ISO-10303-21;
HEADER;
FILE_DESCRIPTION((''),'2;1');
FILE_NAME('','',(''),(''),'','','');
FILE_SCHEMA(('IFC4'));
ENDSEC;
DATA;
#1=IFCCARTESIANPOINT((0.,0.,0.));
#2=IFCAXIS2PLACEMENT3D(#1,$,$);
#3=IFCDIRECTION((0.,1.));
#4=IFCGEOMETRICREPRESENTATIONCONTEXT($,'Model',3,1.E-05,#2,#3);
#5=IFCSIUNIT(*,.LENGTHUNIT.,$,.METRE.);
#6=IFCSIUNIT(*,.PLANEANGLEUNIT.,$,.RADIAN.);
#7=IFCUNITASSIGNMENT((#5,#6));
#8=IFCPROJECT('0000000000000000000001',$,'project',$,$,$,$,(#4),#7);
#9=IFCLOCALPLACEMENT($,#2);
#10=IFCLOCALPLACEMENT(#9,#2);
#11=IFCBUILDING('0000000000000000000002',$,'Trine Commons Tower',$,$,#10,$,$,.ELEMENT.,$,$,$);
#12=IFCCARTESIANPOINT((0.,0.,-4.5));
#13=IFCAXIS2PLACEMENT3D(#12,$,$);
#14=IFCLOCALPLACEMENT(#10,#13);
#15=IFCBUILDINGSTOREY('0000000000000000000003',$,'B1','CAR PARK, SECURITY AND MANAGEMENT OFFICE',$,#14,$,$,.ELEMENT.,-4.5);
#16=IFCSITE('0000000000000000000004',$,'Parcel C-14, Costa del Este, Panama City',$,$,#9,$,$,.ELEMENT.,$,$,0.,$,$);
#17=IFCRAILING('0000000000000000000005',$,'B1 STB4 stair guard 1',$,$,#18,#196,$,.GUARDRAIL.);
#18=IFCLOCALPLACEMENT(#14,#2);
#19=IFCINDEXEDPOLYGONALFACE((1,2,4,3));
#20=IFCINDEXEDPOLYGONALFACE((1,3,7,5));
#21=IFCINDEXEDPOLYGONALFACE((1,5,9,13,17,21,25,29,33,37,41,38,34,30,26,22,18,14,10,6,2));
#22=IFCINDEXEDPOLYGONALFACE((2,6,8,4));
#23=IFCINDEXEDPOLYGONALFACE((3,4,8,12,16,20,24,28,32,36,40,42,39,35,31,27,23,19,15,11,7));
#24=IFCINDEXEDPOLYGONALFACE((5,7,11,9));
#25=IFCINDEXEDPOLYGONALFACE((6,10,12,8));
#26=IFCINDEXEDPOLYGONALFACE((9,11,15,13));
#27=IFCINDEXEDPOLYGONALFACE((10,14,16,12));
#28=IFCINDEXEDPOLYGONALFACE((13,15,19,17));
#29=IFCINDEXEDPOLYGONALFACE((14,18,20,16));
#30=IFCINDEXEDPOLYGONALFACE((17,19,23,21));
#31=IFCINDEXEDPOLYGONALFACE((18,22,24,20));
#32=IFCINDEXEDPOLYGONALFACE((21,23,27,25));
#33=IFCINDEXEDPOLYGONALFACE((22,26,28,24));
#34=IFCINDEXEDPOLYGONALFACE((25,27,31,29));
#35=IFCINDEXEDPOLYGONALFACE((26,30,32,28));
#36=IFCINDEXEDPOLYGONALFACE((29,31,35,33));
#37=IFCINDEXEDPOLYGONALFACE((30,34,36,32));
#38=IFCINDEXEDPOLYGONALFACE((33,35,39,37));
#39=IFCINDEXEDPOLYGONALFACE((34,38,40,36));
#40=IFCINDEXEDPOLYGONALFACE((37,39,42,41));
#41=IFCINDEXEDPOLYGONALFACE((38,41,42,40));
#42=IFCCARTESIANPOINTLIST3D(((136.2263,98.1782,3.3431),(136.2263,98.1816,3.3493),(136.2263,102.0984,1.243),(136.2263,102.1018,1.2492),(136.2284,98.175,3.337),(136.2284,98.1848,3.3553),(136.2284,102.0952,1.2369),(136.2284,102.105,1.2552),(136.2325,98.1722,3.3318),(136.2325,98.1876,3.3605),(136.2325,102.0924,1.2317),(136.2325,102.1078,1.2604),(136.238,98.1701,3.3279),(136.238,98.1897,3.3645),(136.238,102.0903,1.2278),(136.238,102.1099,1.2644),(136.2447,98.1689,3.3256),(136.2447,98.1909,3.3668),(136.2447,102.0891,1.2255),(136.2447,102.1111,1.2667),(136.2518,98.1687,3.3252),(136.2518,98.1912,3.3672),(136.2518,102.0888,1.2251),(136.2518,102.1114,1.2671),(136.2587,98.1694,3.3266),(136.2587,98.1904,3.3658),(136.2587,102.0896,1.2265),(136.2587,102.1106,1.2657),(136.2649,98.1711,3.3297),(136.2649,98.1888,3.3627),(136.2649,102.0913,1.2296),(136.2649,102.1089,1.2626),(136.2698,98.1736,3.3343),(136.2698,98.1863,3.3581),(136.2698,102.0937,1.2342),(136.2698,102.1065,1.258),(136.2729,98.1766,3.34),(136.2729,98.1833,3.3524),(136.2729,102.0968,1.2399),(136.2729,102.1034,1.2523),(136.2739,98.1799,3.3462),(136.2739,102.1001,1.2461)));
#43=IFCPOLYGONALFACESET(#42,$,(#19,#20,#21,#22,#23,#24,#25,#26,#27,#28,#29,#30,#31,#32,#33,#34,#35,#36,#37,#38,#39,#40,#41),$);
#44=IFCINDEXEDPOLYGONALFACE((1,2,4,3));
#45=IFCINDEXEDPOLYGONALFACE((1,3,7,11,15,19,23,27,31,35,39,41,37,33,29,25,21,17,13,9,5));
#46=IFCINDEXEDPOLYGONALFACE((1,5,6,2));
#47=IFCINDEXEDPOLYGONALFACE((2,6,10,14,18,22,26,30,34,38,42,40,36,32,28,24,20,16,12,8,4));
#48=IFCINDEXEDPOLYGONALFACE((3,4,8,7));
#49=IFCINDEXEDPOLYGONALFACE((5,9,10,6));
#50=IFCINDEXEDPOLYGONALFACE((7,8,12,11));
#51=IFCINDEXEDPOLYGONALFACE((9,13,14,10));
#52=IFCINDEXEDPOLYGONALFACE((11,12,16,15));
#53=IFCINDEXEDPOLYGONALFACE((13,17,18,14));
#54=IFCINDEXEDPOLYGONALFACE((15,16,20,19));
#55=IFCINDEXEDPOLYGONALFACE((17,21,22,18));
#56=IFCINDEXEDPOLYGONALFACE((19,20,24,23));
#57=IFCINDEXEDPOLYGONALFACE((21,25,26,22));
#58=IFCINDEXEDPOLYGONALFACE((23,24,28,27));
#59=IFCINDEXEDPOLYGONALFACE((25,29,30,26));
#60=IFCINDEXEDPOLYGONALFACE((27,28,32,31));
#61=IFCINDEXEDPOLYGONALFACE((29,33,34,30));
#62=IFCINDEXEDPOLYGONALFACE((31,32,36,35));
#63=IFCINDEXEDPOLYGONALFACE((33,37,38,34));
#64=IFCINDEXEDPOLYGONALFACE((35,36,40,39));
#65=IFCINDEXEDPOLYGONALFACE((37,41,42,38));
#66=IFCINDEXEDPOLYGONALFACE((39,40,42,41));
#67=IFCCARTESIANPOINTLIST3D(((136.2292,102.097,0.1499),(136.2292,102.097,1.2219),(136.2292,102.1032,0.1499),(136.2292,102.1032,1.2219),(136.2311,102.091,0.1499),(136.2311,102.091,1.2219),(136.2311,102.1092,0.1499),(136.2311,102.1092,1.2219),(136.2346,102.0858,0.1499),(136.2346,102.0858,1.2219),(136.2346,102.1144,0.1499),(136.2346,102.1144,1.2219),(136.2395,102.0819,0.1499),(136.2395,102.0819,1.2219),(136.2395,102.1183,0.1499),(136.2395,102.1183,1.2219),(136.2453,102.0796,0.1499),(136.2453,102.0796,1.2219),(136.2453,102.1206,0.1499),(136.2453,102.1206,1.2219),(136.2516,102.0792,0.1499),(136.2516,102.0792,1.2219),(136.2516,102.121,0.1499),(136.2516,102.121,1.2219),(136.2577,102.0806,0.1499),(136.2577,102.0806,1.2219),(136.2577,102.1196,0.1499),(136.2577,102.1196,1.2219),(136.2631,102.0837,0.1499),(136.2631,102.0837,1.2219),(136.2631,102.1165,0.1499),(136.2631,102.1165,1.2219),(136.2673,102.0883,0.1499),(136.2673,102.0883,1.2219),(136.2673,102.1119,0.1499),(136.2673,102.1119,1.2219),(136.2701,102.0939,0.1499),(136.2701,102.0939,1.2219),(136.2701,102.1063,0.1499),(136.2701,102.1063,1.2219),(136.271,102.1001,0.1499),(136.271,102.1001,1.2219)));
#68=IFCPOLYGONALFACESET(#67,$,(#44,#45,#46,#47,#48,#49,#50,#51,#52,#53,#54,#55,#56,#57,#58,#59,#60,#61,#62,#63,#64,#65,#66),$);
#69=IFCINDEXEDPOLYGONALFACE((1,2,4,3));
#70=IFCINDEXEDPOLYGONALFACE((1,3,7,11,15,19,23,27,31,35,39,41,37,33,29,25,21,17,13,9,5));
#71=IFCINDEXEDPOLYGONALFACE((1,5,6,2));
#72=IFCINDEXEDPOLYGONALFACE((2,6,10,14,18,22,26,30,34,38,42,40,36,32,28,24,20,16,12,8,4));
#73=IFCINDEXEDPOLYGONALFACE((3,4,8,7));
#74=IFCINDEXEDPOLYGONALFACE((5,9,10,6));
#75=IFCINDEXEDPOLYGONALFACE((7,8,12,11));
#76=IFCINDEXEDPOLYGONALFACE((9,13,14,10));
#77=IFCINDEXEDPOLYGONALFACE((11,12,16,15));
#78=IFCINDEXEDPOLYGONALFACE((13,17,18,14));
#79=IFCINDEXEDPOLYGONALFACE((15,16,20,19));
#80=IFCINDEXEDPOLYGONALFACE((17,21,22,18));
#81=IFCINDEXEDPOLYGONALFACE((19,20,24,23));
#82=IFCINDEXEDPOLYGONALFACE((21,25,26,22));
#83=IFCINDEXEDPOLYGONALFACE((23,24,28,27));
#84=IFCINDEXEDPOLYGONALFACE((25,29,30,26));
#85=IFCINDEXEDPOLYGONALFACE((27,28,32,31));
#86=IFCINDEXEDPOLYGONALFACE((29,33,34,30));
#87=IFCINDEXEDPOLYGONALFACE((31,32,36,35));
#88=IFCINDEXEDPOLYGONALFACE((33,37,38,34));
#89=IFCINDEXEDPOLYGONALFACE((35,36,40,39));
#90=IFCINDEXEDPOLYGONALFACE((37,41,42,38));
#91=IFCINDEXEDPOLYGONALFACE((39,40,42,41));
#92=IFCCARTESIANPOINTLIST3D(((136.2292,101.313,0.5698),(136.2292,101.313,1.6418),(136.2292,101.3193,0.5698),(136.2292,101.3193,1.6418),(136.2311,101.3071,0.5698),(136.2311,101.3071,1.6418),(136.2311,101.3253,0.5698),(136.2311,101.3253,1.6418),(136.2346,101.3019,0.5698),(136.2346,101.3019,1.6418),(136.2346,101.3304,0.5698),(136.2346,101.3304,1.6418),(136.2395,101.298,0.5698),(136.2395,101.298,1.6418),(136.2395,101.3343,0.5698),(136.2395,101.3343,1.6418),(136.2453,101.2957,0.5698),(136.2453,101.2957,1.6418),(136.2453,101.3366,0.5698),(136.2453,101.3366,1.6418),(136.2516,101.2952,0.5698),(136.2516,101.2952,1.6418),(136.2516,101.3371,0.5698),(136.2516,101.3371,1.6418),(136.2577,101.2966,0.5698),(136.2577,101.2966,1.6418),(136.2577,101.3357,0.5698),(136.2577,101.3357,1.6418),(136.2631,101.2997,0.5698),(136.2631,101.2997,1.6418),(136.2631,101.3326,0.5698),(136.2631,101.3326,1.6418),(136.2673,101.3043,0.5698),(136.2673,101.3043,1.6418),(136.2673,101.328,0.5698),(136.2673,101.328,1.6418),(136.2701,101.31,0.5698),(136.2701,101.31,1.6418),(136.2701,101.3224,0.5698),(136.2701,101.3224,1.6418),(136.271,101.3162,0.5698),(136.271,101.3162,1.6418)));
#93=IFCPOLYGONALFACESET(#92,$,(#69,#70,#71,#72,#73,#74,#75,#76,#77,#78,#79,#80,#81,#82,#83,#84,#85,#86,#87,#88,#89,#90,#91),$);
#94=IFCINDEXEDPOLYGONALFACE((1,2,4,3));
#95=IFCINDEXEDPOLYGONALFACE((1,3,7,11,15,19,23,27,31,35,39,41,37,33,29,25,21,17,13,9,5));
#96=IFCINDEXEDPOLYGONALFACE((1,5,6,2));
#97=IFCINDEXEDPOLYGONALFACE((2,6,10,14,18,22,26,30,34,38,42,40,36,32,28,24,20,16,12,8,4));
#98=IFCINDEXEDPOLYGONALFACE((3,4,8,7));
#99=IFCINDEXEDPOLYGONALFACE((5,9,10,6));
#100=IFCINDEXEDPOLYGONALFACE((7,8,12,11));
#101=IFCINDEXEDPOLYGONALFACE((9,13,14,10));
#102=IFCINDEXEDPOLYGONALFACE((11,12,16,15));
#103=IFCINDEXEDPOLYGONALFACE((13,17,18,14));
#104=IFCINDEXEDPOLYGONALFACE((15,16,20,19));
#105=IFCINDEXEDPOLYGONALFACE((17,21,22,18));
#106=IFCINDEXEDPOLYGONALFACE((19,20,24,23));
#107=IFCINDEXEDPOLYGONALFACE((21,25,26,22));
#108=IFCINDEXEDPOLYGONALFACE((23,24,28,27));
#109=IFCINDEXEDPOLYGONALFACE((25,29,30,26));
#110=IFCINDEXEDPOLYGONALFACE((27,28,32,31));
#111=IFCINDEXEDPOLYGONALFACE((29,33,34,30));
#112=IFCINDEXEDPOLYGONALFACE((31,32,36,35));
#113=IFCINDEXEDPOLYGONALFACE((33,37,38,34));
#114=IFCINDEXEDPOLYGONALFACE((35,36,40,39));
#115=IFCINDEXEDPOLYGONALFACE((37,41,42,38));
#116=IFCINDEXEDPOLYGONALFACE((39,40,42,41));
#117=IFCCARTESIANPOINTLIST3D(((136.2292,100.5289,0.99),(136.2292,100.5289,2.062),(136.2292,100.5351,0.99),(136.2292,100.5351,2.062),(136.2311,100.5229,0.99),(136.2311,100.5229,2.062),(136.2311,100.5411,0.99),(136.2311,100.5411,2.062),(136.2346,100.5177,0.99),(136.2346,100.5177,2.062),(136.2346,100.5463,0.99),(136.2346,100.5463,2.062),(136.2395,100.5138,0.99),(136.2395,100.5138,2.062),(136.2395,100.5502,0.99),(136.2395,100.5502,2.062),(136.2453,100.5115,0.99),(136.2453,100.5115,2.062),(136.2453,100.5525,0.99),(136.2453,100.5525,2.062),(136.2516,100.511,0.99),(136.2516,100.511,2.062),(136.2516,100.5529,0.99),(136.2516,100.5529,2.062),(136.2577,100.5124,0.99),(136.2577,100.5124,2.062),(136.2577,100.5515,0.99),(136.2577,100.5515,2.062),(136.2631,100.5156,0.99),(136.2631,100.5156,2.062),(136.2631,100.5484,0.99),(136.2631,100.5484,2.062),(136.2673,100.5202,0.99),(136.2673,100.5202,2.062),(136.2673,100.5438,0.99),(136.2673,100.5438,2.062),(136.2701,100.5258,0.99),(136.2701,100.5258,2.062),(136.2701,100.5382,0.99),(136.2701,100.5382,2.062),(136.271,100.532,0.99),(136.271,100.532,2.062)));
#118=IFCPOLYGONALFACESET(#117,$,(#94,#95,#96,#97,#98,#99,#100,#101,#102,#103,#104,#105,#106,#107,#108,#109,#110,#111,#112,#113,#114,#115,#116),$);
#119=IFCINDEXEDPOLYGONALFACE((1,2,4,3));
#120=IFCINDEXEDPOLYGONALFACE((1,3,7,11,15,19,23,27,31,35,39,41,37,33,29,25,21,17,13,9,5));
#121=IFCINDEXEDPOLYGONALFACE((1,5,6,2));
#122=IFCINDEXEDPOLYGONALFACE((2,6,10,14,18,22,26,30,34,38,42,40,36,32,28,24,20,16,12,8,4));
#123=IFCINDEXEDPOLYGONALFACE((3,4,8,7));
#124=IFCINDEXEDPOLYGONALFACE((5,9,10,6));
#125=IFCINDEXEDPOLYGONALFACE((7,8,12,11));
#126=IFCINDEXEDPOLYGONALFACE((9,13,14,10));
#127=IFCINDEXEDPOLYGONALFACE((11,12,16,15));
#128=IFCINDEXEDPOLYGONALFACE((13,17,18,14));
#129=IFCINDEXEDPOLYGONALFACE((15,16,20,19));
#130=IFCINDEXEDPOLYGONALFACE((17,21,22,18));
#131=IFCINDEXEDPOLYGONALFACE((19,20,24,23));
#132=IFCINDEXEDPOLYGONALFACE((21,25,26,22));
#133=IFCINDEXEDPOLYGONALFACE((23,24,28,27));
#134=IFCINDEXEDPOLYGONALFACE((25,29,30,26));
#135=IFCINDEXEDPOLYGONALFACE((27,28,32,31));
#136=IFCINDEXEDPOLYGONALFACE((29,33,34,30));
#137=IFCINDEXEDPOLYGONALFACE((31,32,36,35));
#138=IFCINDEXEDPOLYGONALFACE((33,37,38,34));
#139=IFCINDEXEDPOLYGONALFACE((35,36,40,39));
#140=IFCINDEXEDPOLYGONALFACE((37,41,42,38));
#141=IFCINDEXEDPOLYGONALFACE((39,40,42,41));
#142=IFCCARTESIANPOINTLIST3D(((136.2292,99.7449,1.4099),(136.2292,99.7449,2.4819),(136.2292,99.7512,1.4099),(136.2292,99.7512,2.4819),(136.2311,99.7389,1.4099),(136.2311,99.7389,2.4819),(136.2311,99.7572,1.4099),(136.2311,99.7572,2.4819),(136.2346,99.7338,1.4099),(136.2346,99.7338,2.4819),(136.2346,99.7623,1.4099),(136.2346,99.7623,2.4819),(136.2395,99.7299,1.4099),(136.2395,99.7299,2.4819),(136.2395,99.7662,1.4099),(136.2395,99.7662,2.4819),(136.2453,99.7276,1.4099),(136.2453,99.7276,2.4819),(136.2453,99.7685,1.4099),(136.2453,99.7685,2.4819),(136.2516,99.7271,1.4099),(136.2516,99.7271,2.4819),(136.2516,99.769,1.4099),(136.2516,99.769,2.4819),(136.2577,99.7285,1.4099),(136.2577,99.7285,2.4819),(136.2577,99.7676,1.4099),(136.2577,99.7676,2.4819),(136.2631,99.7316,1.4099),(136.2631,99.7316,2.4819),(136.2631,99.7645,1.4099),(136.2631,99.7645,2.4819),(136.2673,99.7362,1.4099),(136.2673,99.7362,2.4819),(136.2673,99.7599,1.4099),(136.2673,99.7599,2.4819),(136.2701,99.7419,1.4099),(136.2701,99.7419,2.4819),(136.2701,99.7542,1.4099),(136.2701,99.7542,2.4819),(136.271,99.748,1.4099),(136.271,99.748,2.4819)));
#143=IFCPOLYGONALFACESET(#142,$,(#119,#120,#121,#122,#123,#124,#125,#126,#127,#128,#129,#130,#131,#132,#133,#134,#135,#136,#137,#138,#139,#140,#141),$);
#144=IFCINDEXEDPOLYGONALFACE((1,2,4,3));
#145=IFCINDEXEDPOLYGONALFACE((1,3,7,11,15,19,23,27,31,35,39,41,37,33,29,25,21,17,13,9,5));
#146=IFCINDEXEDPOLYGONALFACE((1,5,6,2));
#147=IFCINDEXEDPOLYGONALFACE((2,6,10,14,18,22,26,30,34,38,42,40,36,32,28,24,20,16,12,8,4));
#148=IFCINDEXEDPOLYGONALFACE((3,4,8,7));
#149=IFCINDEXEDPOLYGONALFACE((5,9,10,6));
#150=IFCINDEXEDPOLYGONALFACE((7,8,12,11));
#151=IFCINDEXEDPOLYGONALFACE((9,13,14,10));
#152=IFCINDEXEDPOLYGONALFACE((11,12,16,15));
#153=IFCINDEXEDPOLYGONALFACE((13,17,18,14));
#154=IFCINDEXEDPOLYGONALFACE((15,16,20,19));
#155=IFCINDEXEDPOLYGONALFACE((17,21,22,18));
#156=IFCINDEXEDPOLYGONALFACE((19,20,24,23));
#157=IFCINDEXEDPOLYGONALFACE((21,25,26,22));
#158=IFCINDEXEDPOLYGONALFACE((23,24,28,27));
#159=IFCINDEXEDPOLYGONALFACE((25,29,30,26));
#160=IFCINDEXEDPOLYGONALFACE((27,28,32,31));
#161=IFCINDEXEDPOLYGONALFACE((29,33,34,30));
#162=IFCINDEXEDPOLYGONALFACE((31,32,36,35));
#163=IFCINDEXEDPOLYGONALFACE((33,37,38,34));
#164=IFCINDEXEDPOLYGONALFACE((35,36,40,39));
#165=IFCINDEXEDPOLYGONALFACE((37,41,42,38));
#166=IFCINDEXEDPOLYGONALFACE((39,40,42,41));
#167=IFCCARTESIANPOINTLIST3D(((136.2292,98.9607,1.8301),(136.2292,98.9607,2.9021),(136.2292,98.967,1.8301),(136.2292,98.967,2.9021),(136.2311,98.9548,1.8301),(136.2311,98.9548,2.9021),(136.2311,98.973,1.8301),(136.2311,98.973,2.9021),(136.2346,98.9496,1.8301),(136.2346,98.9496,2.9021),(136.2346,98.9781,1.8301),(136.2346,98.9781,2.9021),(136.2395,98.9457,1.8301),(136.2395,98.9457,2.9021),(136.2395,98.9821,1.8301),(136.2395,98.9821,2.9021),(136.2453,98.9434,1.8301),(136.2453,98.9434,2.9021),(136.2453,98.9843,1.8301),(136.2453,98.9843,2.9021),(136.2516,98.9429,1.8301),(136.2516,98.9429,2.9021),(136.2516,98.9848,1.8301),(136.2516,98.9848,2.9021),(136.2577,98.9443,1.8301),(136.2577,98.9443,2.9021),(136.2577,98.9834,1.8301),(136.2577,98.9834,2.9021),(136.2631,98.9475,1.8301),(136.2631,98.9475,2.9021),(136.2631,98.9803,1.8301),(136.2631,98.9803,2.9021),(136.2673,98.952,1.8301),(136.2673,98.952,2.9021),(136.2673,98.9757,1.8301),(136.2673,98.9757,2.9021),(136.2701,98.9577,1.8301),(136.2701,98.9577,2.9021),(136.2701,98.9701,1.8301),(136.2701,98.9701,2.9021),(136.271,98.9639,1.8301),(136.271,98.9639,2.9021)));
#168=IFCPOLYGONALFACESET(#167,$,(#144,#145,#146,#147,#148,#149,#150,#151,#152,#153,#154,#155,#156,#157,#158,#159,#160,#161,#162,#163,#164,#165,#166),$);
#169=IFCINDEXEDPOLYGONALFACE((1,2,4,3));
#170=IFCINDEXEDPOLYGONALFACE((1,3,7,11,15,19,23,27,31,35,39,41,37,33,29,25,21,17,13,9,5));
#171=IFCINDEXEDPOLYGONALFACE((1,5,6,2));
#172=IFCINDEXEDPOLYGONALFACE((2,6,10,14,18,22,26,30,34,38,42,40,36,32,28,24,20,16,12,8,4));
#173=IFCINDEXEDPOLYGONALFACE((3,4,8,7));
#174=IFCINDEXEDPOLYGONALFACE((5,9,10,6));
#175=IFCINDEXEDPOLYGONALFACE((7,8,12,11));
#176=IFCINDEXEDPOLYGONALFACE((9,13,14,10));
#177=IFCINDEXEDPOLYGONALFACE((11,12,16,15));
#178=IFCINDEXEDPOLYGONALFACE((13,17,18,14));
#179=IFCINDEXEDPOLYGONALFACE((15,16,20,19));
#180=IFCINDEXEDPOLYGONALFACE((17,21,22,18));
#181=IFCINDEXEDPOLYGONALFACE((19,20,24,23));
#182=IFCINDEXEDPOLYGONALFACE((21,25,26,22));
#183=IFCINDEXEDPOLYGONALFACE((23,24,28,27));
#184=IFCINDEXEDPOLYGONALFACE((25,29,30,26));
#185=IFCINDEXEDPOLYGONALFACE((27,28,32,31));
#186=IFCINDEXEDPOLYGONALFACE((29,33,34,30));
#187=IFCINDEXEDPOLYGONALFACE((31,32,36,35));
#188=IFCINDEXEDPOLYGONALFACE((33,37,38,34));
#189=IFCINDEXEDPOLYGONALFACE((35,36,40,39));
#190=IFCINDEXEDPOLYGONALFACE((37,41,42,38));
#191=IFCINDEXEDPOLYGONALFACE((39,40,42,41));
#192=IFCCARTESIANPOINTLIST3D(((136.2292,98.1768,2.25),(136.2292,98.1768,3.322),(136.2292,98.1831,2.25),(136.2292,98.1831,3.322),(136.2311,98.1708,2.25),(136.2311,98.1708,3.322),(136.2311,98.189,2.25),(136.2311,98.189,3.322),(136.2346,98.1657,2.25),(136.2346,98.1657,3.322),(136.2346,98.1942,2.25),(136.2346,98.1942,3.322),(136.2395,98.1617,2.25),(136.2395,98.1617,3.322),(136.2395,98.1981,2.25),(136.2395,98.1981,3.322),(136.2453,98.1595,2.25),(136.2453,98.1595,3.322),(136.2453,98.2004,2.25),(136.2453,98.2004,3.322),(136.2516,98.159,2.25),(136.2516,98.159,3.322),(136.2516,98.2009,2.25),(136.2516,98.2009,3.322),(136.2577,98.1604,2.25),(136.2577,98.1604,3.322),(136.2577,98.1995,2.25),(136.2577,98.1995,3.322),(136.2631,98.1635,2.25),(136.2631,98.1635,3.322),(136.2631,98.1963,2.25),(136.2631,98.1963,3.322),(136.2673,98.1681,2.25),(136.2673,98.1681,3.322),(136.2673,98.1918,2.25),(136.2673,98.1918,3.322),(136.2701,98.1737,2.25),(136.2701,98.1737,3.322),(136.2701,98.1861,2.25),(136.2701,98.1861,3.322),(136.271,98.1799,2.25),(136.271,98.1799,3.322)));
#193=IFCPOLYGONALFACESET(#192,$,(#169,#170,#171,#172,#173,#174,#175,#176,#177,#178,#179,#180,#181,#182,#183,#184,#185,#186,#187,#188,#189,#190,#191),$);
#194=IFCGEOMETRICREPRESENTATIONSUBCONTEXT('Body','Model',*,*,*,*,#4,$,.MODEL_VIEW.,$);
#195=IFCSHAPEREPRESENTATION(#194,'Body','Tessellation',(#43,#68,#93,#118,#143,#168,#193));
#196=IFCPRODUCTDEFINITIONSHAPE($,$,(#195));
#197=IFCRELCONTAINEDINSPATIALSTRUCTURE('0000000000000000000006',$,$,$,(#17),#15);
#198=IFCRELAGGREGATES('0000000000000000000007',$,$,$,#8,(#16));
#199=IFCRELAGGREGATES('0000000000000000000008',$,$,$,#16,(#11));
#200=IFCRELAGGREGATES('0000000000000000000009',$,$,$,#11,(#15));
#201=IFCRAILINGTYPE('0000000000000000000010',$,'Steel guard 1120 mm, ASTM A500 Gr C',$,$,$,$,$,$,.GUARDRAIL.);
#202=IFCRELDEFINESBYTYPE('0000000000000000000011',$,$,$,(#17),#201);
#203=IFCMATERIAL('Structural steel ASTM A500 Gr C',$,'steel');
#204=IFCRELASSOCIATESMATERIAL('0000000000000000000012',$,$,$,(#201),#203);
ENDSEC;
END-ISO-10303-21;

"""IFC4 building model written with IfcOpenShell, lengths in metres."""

from ifc_helpers import new_model, si_unit, direction, frame, origin, origin_2d, place, context, subcontext, project, spatial, circle, extrude, material, type_object, element, save


model = new_model("IFC4")

# Units and contexts
model_context = context("Model", 3, precision=1e-05, world=origin(), true_north=direction((0.0, 1.0)))
body_context = subcontext(model_context, "Body", "Model", "MODEL_VIEW")
ifc_project = project(units=[si_unit("LENGTHUNIT", "METRE"), si_unit("PLANEANGLEUNIT", "RADIAN")], contexts=[model_context])

# Site, building, storey
site_placement = place(None, origin())
site = spatial("IfcSite", under=ifc_project, at=site_placement, Name="Parcel C-14, Costa del Este, Panama City", CompositionType="ELEMENT", RefElevation=0.0)
building_placement = place(site_placement, origin())
building = spatial("IfcBuilding", under=site, at=building_placement, Name="Trine Commons Tower", CompositionType="ELEMENT")
storey_placement = place(building_placement, frame((0.0, 0.0, -4.5)))
storey = spatial("IfcBuildingStorey", under=building, at=storey_placement, Name="B1", Description="CAR PARK, SECURITY AND MANAGEMENT OFFICE", CompositionType="ELEMENT", Elevation=-4.5)

# Railing
ifc_material_1 = material(Name="Structural steel ASTM A500 Gr C", Category="steel")
railing_type_1 = type_object("IfcRailingType", Name="Steel guard 1120 mm, ASTM A500 Gr C", PredefinedType="GUARDRAIL", material=ifc_material_1)
railing_1_placement = place(storey_placement, frame((136.25, 102.1001, 0.1499)))
element("IfcRailing", 1, at=railing_1_placement, inside=storey, type_object=railing_type_1, Name="B1 STB4 stair guard 1", PredefinedType="GUARDRAIL", context=body_context, shape_type="SweptSolid", body=[
    extrude(circle(Radius=0.0239, at=origin_2d()), frame((0.0, 0.0, 1.0962), z_axis=(0.0, -0.881479, 0.472223), x_axis=(1.0, 0.0, 0.0)), (0.0, 0.0, 1.0), 4.4473),
    extrude(circle(Radius=0.021, at=origin_2d()), origin(), (0.0, 0.0, 1.0), 1.072),
    extrude(circle(Radius=0.021, at=origin_2d()), frame((0.0, -0.7839, 0.4199)), (0.0, 0.0, 1.0), 1.072),
    extrude(circle(Radius=0.021, at=origin_2d()), frame((0.0, -1.5681, 0.8401)), (0.0, 0.0, 1.0), 1.072),
    extrude(circle(Radius=0.021, at=origin_2d()), frame((0.0, -2.3521, 1.26)), (0.0, 0.0, 1.0), 1.072),
    extrude(circle(Radius=0.021, at=origin_2d()), frame((0.0, -3.1362, 1.6802)), (0.0, 0.0, 1.0), 1.072),
    extrude(circle(Radius=0.021, at=origin_2d()), frame((0.0, -3.9202, 2.1001)), (0.0, 0.0, 1.0), 1.072),
])

save(model, "model.ifc")
